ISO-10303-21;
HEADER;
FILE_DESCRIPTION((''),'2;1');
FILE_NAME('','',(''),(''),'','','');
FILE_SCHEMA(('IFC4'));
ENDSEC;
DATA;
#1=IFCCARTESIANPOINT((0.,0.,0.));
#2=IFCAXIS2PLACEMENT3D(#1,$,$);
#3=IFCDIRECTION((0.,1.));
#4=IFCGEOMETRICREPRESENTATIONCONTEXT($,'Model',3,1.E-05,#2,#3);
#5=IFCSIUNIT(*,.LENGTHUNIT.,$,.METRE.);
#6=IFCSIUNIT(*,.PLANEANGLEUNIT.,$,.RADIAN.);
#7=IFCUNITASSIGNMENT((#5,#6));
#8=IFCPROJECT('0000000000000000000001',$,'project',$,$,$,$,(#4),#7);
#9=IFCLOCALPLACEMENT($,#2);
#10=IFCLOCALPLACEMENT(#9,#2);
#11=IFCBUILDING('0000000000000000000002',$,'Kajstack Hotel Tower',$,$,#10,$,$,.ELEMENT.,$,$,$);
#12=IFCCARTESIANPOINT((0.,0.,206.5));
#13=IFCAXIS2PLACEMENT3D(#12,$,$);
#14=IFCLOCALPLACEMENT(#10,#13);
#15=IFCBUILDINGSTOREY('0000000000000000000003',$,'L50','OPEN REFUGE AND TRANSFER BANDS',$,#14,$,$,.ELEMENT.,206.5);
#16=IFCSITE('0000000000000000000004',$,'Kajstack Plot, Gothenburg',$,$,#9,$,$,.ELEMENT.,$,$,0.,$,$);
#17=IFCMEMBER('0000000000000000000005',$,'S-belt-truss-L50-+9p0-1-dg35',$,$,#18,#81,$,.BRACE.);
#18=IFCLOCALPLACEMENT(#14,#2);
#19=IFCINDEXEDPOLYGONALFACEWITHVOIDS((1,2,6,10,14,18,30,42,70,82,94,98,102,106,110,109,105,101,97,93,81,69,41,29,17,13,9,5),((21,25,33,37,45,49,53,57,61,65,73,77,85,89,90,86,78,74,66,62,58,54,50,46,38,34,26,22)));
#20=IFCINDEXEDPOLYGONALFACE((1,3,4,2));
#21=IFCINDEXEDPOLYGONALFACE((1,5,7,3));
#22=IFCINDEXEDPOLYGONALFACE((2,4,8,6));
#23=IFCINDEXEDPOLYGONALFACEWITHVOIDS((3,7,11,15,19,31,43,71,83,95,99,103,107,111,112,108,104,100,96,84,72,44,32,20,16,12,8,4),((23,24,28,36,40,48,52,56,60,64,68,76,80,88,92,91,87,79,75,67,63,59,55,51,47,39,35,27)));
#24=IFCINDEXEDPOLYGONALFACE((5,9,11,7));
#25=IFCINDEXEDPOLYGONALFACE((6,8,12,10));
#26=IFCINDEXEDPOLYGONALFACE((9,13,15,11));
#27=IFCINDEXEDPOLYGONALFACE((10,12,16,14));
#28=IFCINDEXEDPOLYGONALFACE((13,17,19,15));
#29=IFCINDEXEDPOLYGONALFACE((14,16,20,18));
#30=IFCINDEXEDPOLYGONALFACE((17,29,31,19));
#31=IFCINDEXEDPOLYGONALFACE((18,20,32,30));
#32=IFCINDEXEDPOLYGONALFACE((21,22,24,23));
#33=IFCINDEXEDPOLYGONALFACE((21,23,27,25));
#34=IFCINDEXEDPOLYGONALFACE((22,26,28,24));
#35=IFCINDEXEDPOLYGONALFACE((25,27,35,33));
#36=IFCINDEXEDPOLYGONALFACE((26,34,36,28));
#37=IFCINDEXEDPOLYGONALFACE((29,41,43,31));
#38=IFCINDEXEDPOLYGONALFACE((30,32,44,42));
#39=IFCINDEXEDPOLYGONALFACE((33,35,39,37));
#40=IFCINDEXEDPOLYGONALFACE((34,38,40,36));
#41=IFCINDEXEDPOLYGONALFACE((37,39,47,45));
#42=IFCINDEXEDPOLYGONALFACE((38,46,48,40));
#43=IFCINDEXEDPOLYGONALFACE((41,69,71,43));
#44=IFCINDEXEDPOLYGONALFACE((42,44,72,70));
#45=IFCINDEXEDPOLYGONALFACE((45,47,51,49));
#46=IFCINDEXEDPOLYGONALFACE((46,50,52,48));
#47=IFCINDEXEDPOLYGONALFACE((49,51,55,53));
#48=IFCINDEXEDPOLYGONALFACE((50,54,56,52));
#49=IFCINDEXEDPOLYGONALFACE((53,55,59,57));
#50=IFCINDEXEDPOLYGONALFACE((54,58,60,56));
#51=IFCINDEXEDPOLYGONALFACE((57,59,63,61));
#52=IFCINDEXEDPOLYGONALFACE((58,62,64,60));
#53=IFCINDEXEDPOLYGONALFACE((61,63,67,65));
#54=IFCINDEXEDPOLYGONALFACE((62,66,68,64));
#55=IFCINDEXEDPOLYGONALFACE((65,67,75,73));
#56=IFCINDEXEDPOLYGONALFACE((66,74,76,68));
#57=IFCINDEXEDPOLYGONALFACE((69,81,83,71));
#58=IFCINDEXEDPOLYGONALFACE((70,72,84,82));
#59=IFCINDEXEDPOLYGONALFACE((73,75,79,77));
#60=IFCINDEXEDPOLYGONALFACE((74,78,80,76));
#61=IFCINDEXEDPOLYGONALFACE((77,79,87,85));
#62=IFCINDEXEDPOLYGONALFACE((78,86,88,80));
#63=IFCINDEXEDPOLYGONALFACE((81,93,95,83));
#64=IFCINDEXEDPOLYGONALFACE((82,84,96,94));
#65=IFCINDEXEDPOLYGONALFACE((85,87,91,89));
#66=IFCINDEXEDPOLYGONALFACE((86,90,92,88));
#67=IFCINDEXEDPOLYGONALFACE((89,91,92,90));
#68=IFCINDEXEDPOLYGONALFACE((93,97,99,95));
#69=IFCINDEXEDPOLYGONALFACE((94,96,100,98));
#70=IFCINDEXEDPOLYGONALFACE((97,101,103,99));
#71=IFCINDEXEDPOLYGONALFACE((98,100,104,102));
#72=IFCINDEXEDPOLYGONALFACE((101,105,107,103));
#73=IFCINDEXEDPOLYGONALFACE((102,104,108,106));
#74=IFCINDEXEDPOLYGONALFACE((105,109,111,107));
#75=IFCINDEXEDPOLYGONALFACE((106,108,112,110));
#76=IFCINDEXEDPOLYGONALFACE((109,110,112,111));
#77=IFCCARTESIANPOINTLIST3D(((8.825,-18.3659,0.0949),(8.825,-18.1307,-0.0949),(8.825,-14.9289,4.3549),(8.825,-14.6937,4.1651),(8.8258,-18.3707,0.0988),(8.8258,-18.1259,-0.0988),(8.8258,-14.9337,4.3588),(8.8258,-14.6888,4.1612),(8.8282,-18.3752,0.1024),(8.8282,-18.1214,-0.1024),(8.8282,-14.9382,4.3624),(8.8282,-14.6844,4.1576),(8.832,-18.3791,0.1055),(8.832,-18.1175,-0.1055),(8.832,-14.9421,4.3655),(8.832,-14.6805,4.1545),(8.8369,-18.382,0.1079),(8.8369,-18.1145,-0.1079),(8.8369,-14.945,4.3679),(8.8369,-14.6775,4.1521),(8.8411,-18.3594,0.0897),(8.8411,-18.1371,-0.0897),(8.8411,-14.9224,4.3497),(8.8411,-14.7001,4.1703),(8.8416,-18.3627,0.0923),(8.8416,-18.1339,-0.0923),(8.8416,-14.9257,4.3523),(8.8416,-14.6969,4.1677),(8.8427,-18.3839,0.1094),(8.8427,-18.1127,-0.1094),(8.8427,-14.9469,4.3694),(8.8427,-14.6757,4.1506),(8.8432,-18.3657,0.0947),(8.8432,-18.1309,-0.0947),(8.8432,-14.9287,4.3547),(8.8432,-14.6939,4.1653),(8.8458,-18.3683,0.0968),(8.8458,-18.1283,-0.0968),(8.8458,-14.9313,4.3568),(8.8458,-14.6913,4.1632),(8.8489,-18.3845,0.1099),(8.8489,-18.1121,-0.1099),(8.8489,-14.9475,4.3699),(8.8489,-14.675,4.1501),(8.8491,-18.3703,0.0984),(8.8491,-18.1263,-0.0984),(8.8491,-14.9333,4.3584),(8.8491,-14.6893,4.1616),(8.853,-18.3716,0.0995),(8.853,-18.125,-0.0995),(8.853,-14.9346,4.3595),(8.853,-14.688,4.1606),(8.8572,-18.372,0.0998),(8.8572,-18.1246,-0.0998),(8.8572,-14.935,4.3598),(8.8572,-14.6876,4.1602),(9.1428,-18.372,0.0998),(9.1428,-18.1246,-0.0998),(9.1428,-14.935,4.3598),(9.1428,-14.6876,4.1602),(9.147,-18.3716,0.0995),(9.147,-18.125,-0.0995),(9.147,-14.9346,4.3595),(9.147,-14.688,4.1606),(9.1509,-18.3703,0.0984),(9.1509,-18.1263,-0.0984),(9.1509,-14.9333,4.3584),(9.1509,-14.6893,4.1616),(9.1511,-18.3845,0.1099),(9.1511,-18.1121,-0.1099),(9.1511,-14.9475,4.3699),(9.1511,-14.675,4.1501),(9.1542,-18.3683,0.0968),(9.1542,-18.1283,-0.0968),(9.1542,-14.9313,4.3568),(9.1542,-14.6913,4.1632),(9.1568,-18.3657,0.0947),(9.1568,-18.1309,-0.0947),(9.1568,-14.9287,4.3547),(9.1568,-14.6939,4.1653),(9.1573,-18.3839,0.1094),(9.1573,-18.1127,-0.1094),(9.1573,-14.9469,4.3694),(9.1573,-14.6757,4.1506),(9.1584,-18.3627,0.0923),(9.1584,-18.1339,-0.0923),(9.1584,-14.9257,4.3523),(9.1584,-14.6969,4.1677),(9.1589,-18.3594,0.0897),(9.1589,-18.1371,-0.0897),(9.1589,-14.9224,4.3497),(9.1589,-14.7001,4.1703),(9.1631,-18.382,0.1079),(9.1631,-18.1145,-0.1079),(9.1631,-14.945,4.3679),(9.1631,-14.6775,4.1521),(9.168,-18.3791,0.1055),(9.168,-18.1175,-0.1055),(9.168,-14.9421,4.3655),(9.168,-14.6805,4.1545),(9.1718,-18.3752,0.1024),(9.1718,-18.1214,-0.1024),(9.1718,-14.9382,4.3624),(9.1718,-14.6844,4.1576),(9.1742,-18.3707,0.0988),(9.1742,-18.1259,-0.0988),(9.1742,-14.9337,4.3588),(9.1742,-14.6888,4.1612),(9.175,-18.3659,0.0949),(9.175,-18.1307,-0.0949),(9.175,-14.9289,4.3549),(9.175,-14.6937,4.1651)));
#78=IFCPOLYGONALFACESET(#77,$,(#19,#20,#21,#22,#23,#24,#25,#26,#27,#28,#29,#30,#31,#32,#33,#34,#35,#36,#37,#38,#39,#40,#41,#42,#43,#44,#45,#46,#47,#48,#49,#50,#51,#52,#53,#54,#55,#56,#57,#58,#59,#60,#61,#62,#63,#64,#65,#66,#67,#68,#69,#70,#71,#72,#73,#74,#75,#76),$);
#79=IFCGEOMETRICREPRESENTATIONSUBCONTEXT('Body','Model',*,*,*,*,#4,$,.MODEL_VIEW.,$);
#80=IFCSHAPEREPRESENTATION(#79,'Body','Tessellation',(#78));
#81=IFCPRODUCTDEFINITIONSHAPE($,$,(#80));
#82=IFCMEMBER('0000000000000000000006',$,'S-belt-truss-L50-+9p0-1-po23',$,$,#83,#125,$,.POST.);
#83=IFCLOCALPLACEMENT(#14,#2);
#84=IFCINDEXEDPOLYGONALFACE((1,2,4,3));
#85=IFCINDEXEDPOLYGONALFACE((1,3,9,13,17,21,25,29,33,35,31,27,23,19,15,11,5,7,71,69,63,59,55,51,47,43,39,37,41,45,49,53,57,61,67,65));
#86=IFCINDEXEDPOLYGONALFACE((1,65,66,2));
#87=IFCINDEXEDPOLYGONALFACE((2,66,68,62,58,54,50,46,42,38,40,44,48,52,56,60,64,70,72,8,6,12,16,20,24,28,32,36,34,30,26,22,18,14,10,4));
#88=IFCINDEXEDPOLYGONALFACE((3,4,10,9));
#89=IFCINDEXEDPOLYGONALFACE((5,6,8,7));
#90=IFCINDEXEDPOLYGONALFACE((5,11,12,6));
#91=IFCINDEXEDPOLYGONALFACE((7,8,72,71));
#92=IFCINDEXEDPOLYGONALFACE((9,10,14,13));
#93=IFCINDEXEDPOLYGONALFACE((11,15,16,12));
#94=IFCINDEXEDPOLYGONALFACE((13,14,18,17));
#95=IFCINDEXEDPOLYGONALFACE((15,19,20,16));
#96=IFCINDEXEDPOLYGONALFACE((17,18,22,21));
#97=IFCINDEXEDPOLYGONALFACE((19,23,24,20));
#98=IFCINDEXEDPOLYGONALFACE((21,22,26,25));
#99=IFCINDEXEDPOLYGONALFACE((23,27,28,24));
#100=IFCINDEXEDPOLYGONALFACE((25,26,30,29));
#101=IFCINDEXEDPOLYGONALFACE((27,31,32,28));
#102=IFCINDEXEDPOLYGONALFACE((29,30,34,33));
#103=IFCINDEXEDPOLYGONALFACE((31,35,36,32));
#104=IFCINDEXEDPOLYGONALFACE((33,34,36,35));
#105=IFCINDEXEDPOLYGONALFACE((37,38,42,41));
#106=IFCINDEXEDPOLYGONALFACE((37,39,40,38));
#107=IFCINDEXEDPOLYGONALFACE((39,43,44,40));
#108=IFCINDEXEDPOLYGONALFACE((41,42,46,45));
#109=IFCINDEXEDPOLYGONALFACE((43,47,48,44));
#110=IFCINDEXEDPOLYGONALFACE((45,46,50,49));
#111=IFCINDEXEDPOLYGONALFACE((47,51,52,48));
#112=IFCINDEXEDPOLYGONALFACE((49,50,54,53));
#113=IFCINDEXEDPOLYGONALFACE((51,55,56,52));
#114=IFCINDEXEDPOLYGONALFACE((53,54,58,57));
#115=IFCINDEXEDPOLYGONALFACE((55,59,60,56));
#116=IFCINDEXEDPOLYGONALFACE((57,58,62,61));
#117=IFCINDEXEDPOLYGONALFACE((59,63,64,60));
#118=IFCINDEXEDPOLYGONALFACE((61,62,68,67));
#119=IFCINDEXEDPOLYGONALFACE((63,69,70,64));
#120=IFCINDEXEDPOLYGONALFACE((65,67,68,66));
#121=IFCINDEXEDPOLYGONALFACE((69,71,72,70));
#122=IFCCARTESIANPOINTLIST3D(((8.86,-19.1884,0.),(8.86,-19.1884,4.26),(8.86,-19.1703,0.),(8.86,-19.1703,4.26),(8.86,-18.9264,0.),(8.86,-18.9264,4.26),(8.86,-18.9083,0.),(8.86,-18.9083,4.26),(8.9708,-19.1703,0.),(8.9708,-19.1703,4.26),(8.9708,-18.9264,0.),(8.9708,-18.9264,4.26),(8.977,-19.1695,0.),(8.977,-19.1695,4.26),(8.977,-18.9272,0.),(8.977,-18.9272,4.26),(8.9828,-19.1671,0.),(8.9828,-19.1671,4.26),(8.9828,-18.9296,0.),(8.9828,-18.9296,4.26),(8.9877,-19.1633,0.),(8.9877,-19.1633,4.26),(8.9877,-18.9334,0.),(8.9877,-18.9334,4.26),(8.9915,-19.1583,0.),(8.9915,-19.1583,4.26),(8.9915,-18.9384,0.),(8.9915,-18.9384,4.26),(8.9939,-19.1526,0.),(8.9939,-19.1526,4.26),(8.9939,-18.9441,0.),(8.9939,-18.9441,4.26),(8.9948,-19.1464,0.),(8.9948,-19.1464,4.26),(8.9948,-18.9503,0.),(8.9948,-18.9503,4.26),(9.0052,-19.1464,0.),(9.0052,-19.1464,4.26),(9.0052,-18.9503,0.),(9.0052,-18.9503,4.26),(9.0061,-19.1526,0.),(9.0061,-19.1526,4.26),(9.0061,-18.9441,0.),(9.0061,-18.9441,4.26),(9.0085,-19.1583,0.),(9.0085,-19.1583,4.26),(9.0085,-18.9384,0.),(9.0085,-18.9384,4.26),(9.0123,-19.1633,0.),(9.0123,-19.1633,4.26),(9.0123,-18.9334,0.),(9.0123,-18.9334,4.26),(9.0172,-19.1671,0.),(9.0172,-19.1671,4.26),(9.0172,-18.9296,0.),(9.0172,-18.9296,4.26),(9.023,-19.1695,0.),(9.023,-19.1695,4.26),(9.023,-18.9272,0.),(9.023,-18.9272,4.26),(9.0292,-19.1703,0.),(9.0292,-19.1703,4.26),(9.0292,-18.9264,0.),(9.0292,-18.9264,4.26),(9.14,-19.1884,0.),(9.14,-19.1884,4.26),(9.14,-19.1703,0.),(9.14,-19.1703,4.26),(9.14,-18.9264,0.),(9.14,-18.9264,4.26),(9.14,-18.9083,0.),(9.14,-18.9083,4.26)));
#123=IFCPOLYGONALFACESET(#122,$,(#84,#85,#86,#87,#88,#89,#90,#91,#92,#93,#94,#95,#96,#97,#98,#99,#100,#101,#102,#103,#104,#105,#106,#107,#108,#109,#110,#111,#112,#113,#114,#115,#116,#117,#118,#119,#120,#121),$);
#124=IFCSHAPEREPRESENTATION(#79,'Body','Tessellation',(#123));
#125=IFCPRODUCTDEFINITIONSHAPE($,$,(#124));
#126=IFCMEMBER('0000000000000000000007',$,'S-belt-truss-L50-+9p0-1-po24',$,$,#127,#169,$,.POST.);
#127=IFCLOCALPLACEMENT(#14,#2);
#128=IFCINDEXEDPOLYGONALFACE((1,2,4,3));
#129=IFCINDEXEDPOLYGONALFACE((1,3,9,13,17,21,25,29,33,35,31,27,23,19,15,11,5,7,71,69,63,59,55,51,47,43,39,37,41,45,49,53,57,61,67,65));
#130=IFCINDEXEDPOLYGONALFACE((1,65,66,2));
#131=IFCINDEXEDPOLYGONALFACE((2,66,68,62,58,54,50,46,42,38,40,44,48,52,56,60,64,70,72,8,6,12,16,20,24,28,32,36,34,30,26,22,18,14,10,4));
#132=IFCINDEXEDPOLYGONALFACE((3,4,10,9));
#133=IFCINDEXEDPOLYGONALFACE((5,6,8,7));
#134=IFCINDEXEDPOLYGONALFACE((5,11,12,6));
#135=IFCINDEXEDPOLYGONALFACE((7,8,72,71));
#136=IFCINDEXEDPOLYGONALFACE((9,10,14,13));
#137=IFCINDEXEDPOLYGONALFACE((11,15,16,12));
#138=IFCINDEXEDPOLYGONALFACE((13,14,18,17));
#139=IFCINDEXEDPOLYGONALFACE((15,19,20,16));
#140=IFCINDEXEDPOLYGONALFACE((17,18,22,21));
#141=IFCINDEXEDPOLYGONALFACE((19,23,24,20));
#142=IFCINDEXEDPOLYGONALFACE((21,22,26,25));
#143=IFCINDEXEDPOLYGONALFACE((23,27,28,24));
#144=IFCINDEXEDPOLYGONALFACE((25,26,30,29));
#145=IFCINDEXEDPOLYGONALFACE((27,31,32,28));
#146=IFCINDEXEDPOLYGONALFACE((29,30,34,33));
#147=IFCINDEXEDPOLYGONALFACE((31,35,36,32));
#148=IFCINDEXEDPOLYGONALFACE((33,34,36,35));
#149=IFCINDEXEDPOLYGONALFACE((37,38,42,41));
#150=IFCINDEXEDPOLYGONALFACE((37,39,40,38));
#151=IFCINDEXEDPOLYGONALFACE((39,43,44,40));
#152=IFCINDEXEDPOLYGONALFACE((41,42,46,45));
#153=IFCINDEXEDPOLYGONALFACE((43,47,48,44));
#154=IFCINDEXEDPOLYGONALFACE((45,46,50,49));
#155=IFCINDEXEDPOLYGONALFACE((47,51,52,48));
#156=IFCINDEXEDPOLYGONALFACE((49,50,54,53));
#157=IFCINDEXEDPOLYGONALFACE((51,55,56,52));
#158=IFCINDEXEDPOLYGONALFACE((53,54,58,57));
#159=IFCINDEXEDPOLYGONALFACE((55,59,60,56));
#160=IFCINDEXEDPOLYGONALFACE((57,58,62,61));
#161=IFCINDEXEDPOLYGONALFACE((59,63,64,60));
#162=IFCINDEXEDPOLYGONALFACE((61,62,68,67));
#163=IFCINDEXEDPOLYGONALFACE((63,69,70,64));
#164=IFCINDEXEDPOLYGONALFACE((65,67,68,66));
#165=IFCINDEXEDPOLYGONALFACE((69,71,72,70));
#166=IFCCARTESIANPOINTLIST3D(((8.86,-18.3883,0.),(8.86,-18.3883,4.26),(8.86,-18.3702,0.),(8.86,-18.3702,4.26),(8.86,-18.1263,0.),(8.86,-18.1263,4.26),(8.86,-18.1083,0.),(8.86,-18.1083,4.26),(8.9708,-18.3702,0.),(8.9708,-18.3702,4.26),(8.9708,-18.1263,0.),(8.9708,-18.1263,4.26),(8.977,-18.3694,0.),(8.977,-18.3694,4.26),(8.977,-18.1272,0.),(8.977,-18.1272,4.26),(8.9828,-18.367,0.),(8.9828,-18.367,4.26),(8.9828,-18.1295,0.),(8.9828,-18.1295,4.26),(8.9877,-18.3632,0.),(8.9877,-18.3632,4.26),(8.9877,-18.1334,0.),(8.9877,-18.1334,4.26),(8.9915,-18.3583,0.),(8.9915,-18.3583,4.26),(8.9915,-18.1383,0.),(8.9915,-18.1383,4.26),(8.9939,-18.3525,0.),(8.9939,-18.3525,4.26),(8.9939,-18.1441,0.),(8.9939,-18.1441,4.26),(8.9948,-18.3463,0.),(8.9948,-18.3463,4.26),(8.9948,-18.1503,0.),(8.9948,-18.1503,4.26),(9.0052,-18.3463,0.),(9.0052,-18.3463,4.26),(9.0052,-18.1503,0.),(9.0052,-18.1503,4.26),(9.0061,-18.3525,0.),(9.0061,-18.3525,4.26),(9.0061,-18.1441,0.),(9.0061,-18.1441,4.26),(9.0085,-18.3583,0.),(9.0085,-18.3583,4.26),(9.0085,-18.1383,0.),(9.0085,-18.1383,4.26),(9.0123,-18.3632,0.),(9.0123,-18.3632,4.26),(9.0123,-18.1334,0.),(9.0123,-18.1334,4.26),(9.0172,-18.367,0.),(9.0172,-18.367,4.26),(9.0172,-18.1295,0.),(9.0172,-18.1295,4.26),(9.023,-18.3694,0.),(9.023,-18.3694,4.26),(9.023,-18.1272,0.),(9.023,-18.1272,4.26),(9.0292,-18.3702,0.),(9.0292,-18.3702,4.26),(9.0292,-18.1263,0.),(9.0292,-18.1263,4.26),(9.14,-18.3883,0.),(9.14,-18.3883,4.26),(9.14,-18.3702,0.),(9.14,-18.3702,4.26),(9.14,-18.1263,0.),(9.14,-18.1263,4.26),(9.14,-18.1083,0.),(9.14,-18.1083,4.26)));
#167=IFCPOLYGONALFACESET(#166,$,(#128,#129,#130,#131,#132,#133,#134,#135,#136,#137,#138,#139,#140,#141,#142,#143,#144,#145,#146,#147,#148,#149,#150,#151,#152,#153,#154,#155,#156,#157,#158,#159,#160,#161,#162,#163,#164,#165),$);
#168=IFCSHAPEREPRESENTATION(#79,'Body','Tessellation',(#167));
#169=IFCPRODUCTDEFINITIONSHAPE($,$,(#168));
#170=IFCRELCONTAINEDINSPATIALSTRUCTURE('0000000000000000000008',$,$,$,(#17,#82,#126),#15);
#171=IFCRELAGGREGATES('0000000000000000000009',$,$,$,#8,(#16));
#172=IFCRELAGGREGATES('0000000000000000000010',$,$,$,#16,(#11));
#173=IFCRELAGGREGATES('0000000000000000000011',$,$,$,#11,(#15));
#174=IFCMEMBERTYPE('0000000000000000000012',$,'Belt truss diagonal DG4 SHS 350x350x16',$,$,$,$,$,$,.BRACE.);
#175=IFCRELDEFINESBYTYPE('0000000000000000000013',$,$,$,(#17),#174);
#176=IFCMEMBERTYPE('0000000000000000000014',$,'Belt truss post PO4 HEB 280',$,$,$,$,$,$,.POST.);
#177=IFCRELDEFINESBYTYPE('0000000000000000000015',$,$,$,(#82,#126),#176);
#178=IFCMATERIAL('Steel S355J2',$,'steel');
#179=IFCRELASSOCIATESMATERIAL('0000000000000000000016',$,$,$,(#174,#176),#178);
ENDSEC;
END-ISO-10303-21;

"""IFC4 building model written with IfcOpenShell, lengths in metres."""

from ifc_helpers import new_model, si_unit, direction, frame, origin, origin_2d, place, context, subcontext, project, spatial, hollow_rectangle, i_section, extrude, material, material_profile, profile_set, type_object, element, save


model = new_model("IFC4")

# Units and contexts
model_context = context("Model", 3, precision=1e-05, world=origin(), true_north=direction((0.0, 1.0)))
body_context = subcontext(model_context, "Body", "Model", "MODEL_VIEW")
ifc_project = project(units=[si_unit("LENGTHUNIT", "METRE"), si_unit("PLANEANGLEUNIT", "RADIAN")], contexts=[model_context])

# Site, building, storey
site_placement = place(None, origin())
site = spatial("IfcSite", under=ifc_project, at=site_placement, Name="Kajstack Plot, Gothenburg", CompositionType="ELEMENT", RefElevation=0.0)
building_placement = place(site_placement, origin())
building = spatial("IfcBuilding", under=site, at=building_placement, Name="Kajstack Hotel Tower", CompositionType="ELEMENT")
storey_placement = place(building_placement, frame((0.0, 0.0, 206.5)))
storey = spatial("IfcBuildingStorey", under=building, at=storey_placement, Name="L50", Description="OPEN REFUGE AND TRANSFER BANDS", CompositionType="ELEMENT", Elevation=206.5)

# Members
ifc_material = material(Name="Steel S355J2", Category="steel")
ifc_material_profile_1 = material_profile(ifc_material, hollow_rectangle(XDim=0.3501, YDim=0.3501, WallThickness=0.0161, InnerFilletRadius=0.0161, OuterFilletRadius=0.0239, at=origin_2d()), Name="SHS 350x350x16")
ifc_profile_set_1 = profile_set([ifc_material_profile_1], Name="Steel S355J2")
member_type_1 = type_object("IfcMemberType", Name="Belt truss diagonal DG4 SHS 350x350x16", PredefinedType="BRACE", material=ifc_profile_set_1)
member_1_placement = place(storey_placement, frame((9.0, -18.2483, 0.0), z_axis=(0.0, 0.627921, 0.778277), x_axis=(-1.0, 0.0, 0.0)))
element("IfcMember", 1, at=member_1_placement, inside=storey, type_object=member_type_1, Name="S-belt-truss-L50-+9p0-1-dg35", PredefinedType="BRACE", context=body_context, shape_type="SweptSolid", body=[
    extrude(hollow_rectangle(XDim=0.3501, YDim=0.3501, WallThickness=0.0161, InnerFilletRadius=0.0161, OuterFilletRadius=0.0239, at=origin_2d()), origin(), (0.0, 0.0, 1.0), 5.4736),
])
ifc_material_profile_2 = material_profile(ifc_material, i_section(OverallWidth=0.28, OverallDepth=0.28, WebThickness=0.0105, FlangeThickness=0.0181, FilletRadius=0.0239, at=origin_2d()), Name="HEB 280")
ifc_profile_set_2 = profile_set([ifc_material_profile_2], Name="Steel S355J2")
member_type_2 = type_object("IfcMemberType", Name="Belt truss post PO4 HEB 280", PredefinedType="POST", material=ifc_profile_set_2)
for number, where, z_axis, x_axis, name in (
    (2, (9.0, -19.0483, 0.0), (0.0, 0.0, 1.0), (1.0, 0.0, 0.0), "S-belt-truss-L50-+9p0-1-po23"),
    (3, (9.0, -18.2483, 0.0), (0.0, 0.0, 1.0), (1.0, 0.0, 0.0), "S-belt-truss-L50-+9p0-1-po24"),
):
    element("IfcMember", number, at=place(storey_placement, frame(where, z_axis=z_axis, x_axis=x_axis)), inside=storey, type_object=member_type_2, Name=name, PredefinedType="POST", context=body_context, shape_type="SweptSolid", body=[
        extrude(i_section(OverallWidth=0.28, OverallDepth=0.28, WebThickness=0.0105, FlangeThickness=0.0181, FilletRadius=0.0239, at=origin_2d()), origin(), (0.0, 0.0, 1.0), 4.26),
    ])

save(model, "model.ifc")
